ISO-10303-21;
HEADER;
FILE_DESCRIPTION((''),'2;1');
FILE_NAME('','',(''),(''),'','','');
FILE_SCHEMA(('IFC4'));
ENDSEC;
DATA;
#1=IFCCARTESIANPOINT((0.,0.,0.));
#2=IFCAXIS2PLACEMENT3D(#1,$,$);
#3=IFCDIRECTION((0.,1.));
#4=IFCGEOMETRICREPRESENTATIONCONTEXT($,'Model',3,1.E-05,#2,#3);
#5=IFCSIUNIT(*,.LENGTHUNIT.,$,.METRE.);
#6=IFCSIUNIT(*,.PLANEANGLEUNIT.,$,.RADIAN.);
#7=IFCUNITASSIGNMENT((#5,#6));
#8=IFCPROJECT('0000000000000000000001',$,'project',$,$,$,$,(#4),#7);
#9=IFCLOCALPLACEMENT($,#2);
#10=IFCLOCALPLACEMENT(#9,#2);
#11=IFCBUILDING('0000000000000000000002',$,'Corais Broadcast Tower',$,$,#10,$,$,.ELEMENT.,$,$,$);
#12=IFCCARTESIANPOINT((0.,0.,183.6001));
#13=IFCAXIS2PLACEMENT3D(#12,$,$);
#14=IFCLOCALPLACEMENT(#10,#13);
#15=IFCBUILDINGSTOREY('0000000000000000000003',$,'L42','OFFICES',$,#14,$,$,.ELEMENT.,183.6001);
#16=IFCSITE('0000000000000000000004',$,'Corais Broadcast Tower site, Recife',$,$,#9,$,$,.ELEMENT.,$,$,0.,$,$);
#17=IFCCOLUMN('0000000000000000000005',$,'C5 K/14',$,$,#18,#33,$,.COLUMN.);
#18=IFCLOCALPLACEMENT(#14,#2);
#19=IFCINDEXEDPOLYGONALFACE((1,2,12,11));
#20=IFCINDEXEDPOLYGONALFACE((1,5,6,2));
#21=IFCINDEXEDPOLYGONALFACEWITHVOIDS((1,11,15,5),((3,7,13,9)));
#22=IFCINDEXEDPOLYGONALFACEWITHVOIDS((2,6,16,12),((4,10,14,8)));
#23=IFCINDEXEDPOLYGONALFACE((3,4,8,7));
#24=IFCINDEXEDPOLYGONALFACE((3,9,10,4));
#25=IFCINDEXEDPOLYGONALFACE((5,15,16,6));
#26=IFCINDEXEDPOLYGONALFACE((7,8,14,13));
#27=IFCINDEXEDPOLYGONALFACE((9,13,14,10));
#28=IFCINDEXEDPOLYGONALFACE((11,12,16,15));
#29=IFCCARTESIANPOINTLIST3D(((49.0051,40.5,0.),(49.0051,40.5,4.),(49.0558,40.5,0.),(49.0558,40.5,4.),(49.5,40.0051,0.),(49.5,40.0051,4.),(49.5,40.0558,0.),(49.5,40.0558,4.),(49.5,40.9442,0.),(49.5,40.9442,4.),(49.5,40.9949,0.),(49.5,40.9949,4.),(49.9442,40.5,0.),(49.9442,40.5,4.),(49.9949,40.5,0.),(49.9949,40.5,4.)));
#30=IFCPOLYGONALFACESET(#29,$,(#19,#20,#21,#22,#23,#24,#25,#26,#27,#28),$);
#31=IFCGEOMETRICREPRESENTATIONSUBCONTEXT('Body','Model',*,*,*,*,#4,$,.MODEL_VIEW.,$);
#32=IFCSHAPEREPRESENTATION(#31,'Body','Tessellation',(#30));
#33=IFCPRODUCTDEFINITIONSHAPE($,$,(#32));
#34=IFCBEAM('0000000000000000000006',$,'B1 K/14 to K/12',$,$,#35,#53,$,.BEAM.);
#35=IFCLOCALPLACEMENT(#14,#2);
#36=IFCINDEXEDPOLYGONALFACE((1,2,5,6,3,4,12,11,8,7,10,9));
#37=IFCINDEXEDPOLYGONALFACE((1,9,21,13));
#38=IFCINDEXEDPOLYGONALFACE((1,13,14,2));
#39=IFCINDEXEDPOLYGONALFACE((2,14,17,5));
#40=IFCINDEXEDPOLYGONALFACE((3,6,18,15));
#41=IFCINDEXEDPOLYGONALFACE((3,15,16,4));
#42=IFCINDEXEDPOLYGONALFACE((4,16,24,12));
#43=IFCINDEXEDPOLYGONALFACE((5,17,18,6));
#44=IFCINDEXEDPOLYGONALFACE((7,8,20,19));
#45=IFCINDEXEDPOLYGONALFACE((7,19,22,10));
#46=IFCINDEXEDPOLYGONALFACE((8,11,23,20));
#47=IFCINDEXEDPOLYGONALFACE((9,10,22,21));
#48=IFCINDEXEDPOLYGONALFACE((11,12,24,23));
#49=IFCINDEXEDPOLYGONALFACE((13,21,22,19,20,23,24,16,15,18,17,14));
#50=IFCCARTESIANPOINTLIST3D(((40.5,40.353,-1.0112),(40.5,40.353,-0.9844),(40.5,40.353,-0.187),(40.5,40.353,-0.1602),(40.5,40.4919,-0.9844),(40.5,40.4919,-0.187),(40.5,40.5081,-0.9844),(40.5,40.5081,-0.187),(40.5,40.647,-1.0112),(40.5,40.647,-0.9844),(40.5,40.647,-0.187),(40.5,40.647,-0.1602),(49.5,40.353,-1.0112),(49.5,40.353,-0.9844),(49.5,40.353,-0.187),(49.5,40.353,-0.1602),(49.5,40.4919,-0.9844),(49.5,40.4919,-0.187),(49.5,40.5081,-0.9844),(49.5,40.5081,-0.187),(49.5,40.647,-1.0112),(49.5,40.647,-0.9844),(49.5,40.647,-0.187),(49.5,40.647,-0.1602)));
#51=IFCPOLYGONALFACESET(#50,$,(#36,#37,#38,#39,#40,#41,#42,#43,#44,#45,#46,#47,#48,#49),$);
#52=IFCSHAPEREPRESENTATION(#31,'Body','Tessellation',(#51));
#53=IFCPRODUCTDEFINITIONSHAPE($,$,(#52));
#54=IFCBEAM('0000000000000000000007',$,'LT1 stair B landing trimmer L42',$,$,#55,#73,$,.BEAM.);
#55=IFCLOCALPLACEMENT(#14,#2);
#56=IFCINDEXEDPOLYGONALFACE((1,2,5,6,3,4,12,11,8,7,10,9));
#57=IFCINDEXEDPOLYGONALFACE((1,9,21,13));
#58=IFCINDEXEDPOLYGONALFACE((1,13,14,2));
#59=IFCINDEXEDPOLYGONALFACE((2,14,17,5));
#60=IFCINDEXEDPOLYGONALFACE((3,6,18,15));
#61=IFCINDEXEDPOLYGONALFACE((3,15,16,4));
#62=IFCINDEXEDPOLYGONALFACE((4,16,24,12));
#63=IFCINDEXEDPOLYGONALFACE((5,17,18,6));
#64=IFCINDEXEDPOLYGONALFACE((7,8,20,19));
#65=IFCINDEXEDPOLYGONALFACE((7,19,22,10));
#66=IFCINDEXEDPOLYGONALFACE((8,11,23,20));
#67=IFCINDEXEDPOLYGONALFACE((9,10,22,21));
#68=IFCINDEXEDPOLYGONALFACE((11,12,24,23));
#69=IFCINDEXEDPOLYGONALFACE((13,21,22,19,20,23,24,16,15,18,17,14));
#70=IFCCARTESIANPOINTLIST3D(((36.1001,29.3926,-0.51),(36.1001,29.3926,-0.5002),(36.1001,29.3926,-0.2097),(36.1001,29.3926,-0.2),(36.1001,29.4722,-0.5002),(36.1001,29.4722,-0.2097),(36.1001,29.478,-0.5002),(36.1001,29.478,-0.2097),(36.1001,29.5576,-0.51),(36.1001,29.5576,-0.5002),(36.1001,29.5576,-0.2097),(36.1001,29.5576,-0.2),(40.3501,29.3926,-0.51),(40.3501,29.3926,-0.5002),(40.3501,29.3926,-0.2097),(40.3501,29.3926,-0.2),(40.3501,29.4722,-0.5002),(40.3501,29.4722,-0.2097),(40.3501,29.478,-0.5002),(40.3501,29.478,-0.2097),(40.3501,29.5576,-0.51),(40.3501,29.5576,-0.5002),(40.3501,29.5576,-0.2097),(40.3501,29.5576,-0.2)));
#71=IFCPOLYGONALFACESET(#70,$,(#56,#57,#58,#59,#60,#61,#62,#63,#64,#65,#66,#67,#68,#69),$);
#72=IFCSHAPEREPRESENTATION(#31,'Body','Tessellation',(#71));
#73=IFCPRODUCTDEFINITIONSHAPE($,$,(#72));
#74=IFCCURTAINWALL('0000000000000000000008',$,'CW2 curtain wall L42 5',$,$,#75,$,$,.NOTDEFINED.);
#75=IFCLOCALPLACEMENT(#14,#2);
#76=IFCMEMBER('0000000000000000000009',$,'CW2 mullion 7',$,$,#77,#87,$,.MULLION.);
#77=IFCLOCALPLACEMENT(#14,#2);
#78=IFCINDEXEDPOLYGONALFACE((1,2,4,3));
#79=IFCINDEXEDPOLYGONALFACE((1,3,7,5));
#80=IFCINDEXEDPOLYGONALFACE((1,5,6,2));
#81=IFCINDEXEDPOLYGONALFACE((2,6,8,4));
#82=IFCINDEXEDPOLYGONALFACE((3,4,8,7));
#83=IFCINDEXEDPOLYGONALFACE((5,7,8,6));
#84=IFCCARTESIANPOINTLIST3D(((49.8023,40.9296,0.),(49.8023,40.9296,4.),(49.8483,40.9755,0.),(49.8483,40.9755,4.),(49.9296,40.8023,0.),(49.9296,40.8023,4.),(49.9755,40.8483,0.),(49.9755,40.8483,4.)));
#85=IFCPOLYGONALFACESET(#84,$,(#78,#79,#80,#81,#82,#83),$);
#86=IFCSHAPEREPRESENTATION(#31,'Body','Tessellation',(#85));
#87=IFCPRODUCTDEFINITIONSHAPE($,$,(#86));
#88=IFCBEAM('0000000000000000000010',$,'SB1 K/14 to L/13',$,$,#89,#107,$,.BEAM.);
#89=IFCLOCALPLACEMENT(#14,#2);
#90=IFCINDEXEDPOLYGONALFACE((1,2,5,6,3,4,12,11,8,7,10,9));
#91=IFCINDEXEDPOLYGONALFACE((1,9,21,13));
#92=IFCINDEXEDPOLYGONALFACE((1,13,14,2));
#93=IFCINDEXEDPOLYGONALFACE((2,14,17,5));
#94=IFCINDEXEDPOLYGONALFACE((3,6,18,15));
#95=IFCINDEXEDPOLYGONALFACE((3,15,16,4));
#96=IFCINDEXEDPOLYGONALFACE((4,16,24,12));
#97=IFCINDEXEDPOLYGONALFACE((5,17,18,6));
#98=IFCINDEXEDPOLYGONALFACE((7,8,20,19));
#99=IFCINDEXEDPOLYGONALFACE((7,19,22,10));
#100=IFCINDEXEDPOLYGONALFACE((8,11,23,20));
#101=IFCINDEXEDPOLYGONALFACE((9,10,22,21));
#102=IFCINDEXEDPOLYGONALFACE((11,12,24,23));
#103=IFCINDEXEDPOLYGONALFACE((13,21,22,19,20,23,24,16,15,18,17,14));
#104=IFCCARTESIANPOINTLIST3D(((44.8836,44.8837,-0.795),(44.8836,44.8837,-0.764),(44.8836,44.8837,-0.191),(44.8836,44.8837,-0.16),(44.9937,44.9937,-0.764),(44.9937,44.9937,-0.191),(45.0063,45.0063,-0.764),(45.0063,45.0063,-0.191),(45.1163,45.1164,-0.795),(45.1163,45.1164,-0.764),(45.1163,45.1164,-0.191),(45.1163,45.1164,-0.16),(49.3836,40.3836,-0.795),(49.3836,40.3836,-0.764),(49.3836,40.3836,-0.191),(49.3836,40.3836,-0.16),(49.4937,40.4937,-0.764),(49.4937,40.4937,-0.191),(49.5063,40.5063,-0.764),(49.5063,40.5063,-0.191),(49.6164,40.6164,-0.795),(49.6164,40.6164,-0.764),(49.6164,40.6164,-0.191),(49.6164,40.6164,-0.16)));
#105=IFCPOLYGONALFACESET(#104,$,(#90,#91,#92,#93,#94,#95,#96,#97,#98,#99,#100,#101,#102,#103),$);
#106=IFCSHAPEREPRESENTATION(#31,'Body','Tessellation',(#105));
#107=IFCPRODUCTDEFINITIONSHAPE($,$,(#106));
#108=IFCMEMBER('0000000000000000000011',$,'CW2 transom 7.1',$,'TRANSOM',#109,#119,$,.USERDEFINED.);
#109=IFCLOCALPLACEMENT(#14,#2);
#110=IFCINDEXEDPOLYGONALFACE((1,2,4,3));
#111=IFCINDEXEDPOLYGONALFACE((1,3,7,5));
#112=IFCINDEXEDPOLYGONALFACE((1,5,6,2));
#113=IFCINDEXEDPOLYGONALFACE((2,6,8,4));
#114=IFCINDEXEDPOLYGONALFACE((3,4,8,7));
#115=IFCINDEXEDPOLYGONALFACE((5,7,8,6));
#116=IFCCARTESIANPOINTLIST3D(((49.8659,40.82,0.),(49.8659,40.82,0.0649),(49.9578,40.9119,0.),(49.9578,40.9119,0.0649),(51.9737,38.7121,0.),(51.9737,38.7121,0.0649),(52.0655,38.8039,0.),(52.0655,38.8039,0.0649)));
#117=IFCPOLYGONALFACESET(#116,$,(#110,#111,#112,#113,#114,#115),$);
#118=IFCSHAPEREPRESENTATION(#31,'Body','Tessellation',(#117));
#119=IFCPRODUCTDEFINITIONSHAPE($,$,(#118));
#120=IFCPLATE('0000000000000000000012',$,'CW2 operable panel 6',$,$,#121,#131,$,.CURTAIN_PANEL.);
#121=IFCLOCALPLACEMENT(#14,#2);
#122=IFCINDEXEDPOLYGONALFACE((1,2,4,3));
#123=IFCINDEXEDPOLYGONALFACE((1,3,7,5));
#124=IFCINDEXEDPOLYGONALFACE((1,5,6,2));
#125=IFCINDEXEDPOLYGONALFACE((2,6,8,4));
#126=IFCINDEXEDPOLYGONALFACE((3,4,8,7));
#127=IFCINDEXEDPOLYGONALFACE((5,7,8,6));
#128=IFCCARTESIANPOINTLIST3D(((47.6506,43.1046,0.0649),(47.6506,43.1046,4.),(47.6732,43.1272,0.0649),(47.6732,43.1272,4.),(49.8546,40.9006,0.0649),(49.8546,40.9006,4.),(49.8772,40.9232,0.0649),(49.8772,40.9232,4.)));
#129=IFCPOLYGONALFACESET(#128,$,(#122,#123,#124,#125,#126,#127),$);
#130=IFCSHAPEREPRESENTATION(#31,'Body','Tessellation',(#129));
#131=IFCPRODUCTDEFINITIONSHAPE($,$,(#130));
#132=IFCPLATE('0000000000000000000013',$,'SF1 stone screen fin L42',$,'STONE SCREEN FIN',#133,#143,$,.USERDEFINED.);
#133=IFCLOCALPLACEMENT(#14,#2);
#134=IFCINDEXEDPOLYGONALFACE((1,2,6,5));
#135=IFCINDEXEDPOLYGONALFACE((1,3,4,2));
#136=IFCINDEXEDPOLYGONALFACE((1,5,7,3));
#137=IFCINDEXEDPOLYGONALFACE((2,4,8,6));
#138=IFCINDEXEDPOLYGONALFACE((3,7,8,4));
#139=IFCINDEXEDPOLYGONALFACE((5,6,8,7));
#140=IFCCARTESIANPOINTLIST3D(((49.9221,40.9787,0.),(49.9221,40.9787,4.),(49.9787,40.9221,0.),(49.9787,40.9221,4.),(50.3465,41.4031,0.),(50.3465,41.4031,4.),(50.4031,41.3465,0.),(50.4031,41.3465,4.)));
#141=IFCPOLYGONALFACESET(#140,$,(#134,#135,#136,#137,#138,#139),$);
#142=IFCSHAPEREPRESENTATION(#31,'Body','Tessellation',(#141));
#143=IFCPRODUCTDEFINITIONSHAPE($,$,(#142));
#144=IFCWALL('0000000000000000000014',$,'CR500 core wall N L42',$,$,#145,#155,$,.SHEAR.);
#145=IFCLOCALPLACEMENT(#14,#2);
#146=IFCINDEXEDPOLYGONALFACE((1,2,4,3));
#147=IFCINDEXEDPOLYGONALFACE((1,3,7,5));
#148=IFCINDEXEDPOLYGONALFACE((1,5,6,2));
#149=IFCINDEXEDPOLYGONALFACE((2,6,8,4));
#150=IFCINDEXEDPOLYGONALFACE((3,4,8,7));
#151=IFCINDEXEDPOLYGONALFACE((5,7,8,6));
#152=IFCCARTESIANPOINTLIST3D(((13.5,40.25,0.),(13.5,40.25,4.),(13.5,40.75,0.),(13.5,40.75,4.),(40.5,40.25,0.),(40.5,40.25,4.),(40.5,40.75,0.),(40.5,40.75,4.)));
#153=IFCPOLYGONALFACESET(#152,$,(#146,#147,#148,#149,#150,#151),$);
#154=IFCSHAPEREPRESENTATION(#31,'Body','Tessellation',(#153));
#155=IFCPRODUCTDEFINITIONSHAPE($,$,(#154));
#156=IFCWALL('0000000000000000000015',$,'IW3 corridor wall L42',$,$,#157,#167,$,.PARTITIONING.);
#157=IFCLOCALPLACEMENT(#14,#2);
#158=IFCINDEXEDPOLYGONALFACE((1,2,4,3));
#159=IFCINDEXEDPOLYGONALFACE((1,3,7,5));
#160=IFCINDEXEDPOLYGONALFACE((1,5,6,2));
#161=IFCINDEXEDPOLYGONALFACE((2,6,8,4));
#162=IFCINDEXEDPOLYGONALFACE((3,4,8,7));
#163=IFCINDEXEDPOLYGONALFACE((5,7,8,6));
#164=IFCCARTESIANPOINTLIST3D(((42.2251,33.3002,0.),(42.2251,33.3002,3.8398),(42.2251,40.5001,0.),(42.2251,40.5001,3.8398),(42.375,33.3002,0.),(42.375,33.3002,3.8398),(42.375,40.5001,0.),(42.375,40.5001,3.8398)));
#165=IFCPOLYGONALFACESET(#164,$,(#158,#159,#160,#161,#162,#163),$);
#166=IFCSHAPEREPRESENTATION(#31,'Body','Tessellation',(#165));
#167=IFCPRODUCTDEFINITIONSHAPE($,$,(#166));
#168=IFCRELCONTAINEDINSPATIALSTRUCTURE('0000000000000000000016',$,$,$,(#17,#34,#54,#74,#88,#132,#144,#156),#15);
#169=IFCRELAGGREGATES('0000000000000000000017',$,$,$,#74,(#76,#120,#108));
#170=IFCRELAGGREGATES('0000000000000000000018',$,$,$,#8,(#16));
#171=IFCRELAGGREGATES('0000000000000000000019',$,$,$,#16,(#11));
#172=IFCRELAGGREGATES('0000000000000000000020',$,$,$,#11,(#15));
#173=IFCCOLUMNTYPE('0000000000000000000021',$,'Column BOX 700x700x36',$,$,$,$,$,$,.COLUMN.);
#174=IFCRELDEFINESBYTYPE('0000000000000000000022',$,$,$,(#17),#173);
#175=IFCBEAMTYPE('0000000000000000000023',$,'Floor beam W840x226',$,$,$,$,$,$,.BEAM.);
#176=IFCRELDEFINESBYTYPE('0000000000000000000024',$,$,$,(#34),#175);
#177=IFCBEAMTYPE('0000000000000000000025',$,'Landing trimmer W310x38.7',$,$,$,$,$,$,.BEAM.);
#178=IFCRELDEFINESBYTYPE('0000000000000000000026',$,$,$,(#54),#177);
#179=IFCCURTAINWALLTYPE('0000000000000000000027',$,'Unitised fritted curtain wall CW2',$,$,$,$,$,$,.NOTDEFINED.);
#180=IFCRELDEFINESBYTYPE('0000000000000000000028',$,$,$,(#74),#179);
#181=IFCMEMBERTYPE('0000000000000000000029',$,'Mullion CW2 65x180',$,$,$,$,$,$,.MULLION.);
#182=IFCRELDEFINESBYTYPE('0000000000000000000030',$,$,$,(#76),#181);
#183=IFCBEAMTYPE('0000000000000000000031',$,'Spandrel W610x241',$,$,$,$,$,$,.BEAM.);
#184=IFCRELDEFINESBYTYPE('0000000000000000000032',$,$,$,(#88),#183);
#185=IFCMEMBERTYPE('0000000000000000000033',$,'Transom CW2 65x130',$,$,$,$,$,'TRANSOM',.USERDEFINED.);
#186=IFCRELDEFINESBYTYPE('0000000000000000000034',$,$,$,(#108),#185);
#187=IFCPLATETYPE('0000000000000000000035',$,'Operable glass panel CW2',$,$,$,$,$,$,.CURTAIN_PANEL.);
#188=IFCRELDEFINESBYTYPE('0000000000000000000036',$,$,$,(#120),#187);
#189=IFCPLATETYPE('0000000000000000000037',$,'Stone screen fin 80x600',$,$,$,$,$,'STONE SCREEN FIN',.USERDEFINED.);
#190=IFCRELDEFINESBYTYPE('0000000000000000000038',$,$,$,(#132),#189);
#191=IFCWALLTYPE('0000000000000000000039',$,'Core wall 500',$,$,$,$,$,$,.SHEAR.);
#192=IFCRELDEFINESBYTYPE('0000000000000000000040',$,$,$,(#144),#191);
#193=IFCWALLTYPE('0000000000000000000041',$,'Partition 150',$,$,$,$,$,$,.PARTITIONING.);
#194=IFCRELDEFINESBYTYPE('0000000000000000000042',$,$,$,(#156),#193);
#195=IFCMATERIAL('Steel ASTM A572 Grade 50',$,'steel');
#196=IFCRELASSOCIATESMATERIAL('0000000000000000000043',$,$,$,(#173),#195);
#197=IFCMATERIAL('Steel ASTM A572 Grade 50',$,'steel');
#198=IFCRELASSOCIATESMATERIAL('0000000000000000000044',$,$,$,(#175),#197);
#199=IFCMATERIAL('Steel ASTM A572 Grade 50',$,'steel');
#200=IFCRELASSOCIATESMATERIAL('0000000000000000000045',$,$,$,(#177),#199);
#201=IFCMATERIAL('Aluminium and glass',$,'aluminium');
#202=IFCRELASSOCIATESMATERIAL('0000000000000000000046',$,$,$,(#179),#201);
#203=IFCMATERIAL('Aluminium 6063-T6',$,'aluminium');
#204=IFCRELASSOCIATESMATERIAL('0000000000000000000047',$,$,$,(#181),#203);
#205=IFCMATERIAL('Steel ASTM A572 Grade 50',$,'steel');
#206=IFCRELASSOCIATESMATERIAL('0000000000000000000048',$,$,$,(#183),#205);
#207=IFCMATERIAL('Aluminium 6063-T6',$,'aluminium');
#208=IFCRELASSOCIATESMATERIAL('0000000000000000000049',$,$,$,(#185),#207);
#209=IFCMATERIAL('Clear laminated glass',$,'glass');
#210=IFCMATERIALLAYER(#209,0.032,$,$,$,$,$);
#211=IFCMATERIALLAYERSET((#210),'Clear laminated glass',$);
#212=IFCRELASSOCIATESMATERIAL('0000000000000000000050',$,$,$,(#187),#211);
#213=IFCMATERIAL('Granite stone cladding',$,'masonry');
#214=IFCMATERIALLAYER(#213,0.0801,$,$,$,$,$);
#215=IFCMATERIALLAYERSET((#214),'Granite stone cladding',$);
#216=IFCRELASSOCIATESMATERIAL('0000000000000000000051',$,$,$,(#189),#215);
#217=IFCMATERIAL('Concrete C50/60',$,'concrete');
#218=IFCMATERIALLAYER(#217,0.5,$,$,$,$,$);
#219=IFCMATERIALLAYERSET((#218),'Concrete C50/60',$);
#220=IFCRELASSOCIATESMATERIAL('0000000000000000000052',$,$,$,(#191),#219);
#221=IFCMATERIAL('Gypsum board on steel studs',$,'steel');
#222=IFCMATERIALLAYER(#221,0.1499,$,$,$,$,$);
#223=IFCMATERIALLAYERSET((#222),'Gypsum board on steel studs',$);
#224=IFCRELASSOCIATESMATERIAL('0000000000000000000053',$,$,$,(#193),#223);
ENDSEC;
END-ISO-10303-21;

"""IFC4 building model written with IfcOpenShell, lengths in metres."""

from ifc_helpers import new_model, si_unit, direction, frame, frame_2d, origin, origin_2d, place, context, subcontext, project, spatial, rectangle, hollow_rectangle, i_section, extrude, material, layer, layer_set, material_profile, profile_set, type_object, element, aggregate, save


model = new_model("IFC4")

# Units and contexts
model_context = context("Model", 3, precision=1e-05, world=origin(), true_north=direction((0.0, 1.0)))
body_context = subcontext(model_context, "Body", "Model", "MODEL_VIEW")
ifc_project = project(units=[si_unit("LENGTHUNIT", "METRE"), si_unit("PLANEANGLEUNIT", "RADIAN")], contexts=[model_context])

# Site, building, storey
site_placement = place(None, origin())
site = spatial("IfcSite", under=ifc_project, at=site_placement, Name="Corais Broadcast Tower site, Recife", CompositionType="ELEMENT", RefElevation=0.0)
building_placement = place(site_placement, origin())
building = spatial("IfcBuilding", under=site, at=building_placement, Name="Corais Broadcast Tower", CompositionType="ELEMENT")
storey_placement = place(building_placement, frame((0.0, 0.0, 183.6001)))
storey = spatial("IfcBuildingStorey", under=building, at=storey_placement, Name="L42", Description="OFFICES", CompositionType="ELEMENT", Elevation=183.6001)

# Column
ifc_material_1 = material(Name="Steel ASTM A572 Grade 50", Category="steel")
ifc_material_profile_1 = material_profile(ifc_material_1, hollow_rectangle(XDim=0.7, YDim=0.7, WallThickness=0.0359, at=origin_2d()), Name="BOX 700x700x36")
ifc_profile_set_1 = profile_set([ifc_material_profile_1], Name="Steel ASTM A572 Grade 50")
column_type = type_object("IfcColumnType", Name="Column BOX 700x700x36", PredefinedType="COLUMN", material=ifc_profile_set_1)
column_placement = place(storey_placement, frame((49.5, 40.5, 0.0), z_axis=(0.0, 0.0, 1.0), x_axis=(0.707107, 0.707107, 0.0)))
element("IfcColumn", 1, at=column_placement, inside=storey, type_object=column_type, Name="C5 K/14", PredefinedType="COLUMN", context=body_context, shape_type="SweptSolid", body=[
    extrude(hollow_rectangle(XDim=0.7, YDim=0.7, WallThickness=0.0359, at=origin_2d()), origin(), (0.0, 0.0, 1.0), 4.0),
])

# Beams
ifc_material_2 = material(Name="Steel ASTM A572 Grade 50", Category="steel")
ifc_material_profile_2 = material_profile(ifc_material_2, i_section(OverallWidth=0.2939, OverallDepth=0.8511, WebThickness=0.0161, FlangeThickness=0.0269, at=origin_2d()), Name="W840x226")
ifc_profile_set_2 = profile_set([ifc_material_profile_2], Name="Steel ASTM A572 Grade 50")
beam_type_1 = type_object("IfcBeamType", Name="Floor beam W840x226", PredefinedType="BEAM", material=ifc_profile_set_2)
beam_1_placement = place(storey_placement, frame((49.5, 40.5, -0.5857), z_axis=(-1.0, 0.0, 0.0), x_axis=(0.0, -1.0, 0.0)))
element("IfcBeam", 2, at=beam_1_placement, inside=storey, type_object=beam_type_1, Name="B1 K/14 to K/12", PredefinedType="BEAM", context=body_context, shape_type="SweptSolid", body=[
    extrude(i_section(OverallWidth=0.2939, OverallDepth=0.8511, WebThickness=0.0161, FlangeThickness=0.0269, at=origin_2d()), origin(), (0.0, 0.0, 1.0), 9.0),
])
ifc_material_3 = material(Name="Steel ASTM A572 Grade 50", Category="steel")
ifc_material_profile_3 = material_profile(ifc_material_3, i_section(OverallWidth=0.165, OverallDepth=0.3101, WebThickness=0.0059, FlangeThickness=0.0098, at=origin_2d()), Name="W310x38.7")
ifc_profile_set_3 = profile_set([ifc_material_profile_3], Name="Steel ASTM A572 Grade 50")
beam_type_2 = type_object("IfcBeamType", Name="Landing trimmer W310x38.7", PredefinedType="BEAM", material=ifc_profile_set_3)
beam_2_placement = place(storey_placement, frame((36.1001, 29.4751, -0.355), z_axis=(1.0, 0.0, 0.0), x_axis=(0.0, 1.0, 0.0)))
element("IfcBeam", 3, at=beam_2_placement, inside=storey, type_object=beam_type_2, Name="LT1 stair B landing trimmer L42", PredefinedType="BEAM", context=body_context, shape_type="SweptSolid", body=[
    extrude(i_section(OverallWidth=0.165, OverallDepth=0.3101, WebThickness=0.0059, FlangeThickness=0.0098, at=origin_2d()), origin(), (0.0, 0.0, 1.0), 4.25),
])

# Curtain wall, member
ifc_material_4 = material(Name="Aluminium and glass", Category="aluminium")
curtain_wall_type = type_object("IfcCurtainWallType", Name="Unitised fritted curtain wall CW2", PredefinedType="NOTDEFINED", material=ifc_material_4)
curtain_wall_placement = place(storey_placement, origin())
curtain_wall = element("IfcCurtainWall", 4, at=curtain_wall_placement, inside=storey, type_object=curtain_wall_type, Name="CW2 curtain wall L42 5", PredefinedType="NOTDEFINED")
ifc_material_5 = material(Name="Aluminium 6063-T6", Category="aluminium")
ifc_material_profile_4 = material_profile(ifc_material_5, rectangle(XDim=0.0649, YDim=0.1799, at=origin_2d()), Name="Mullion CW2 65x180")
ifc_profile_set_4 = profile_set([ifc_material_profile_4], Name="Aluminium 6063-T6")
member_type_1 = type_object("IfcMemberType", Name="Mullion CW2 65x180", PredefinedType="MULLION", material=ifc_profile_set_4)
member_1_placement = place(storey_placement, frame((49.8889, 40.8889, 0.0), z_axis=(0.0, 0.0, 1.0), x_axis=(0.707107, 0.707107, 0.0)))
member_1 = element("IfcMember", 5, at=member_1_placement, type_object=member_type_1, Name="CW2 mullion 7", PredefinedType="MULLION", context=body_context, shape_type="SweptSolid", body=[
    extrude(rectangle(XDim=0.0649, YDim=0.1799, at=origin_2d()), origin(), (0.0, 0.0, 1.0), 4.0),
])

# Beam
ifc_material_6 = material(Name="Steel ASTM A572 Grade 50", Category="steel")
ifc_material_profile_5 = material_profile(ifc_material_6, i_section(OverallWidth=0.3291, OverallDepth=0.635, WebThickness=0.0178, FlangeThickness=0.031, at=origin_2d()), Name="W610x241")
ifc_profile_set_5 = profile_set([ifc_material_profile_5], Name="Steel ASTM A572 Grade 50")
beam_type_3 = type_object("IfcBeamType", Name="Spandrel W610x241", PredefinedType="BEAM", material=ifc_profile_set_5)
beam_3_placement = place(storey_placement, frame((49.5, 40.5, -0.4775), z_axis=(-0.707107, 0.707107, 0.0), x_axis=(-0.707107, -0.707107, 0.0)))
element("IfcBeam", 6, at=beam_3_placement, inside=storey, type_object=beam_type_3, Name="SB1 K/14 to L/13", PredefinedType="BEAM", context=body_context, shape_type="SweptSolid", body=[
    extrude(i_section(OverallWidth=0.3291, OverallDepth=0.635, WebThickness=0.0178, FlangeThickness=0.031, at=origin_2d()), origin(), (0.0, 0.0, 1.0), 6.364),
])

# Member
ifc_material_7 = material(Name="Aluminium 6063-T6", Category="aluminium")
ifc_material_profile_6 = material_profile(ifc_material_7, rectangle(XDim=0.1299, YDim=0.0649, at=origin_2d()), Name="Transom CW2 65x130")
ifc_profile_set_6 = profile_set([ifc_material_profile_6], Name="Aluminium 6063-T6")
member_type_2 = type_object("IfcMemberType", Name="Transom CW2 65x130", ElementType="TRANSOM", PredefinedType="USERDEFINED", material=ifc_profile_set_6)
member_2_placement = place(storey_placement, frame((49.9119, 40.866, 0.0325), z_axis=(0.707066, -0.707148, 0.0), x_axis=(0.707148, 0.707066, 0.0)))
member_2 = element("IfcMember", 7, at=member_2_placement, type_object=member_type_2, Name="CW2 transom 7.1", ObjectType="TRANSOM", PredefinedType="USERDEFINED", context=body_context, shape_type="SweptSolid", body=[
    extrude(rectangle(XDim=0.1299, YDim=0.0649, at=origin_2d()), origin(), (0.0, 0.0, 1.0), 2.981),
])

# Plates
ifc_material_8 = material(Name="Clear laminated glass", Category="glass")
ifc_layer_1 = layer(ifc_material_8, 0.032)
ifc_layer_set_1 = layer_set([ifc_layer_1], Name="Clear laminated glass")
plate_type_1 = type_object("IfcPlateType", Name="Operable glass panel CW2", PredefinedType="CURTAIN_PANEL", material=ifc_layer_set_1)
plate_1_placement = place(storey_placement, frame((48.7639, 42.0139, 0.0649), z_axis=(0.0, 0.0, 1.0), x_axis=(0.707107, -0.707107, 0.0)))
plate_1 = element("IfcPlate", 8, at=plate_1_placement, type_object=plate_type_1, Name="CW2 operable panel 6", PredefinedType="CURTAIN_PANEL", context=body_context, shape_type="SweptSolid", body=[
    extrude(rectangle(XDim=3.1169, YDim=0.032, at=origin_2d()), origin(), (0.0, 0.0, 1.0), 3.9351),
])
aggregate(curtain_wall, [member_1, plate_1, member_2])
ifc_material_9 = material(Name="Granite stone cladding", Category="masonry")
ifc_layer_2 = layer(ifc_material_9, 0.0801)
ifc_layer_set_2 = layer_set([ifc_layer_2], Name="Granite stone cladding")
plate_type_2 = type_object("IfcPlateType", Name="Stone screen fin 80x600", ElementType="STONE SCREEN FIN", PredefinedType="USERDEFINED", material=ifc_layer_set_2)
plate_2_placement = place(storey_placement, frame((50.1626, 41.1626, 0.0), z_axis=(0.0, 0.0, 1.0), x_axis=(0.707107, -0.707107, 0.0)))
element("IfcPlate", 9, at=plate_2_placement, inside=storey, type_object=plate_type_2, Name="SF1 stone screen fin L42", ObjectType="STONE SCREEN FIN", PredefinedType="USERDEFINED", context=body_context, shape_type="SweptSolid", body=[
    extrude(rectangle(XDim=0.0801, YDim=0.6001, at=origin_2d()), origin(), (0.0, 0.0, 1.0), 4.0),
])

# Walls
ifc_material_10 = material(Name="Concrete C50/60", Category="concrete")
ifc_layer_3 = layer(ifc_material_10, 0.5)
ifc_layer_set_3 = layer_set([ifc_layer_3], Name="Concrete C50/60")
wall_type_1 = type_object("IfcWallType", Name="Core wall 500", PredefinedType="SHEAR", material=ifc_layer_set_3)
wall_1_placement = place(storey_placement, frame((40.5, 40.5, 0.0), z_axis=(0.0, 0.0, 1.0), x_axis=(-1.0, 0.0, 0.0)))
element("IfcWall", 10, at=wall_1_placement, inside=storey, type_object=wall_type_1, Name="CR500 core wall N L42", PredefinedType="SHEAR", context=body_context, shape_type="SweptSolid", body=[
    extrude(rectangle(XDim=27.0, YDim=0.5, at=frame_2d((13.5, 0.0))), origin(), (0.0, 0.0, 1.0), 4.0),
])
ifc_material_11 = material(Name="Gypsum board on steel studs", Category="steel")
ifc_layer_4 = layer(ifc_material_11, 0.1499)
ifc_layer_set_4 = layer_set([ifc_layer_4], Name="Gypsum board on steel studs")
wall_type_2 = type_object("IfcWallType", Name="Partition 150", PredefinedType="PARTITIONING", material=ifc_layer_set_4)
wall_2_placement = place(storey_placement, frame((42.3, 33.3, 0.0), z_axis=(0.0, 0.0, 1.0), x_axis=(0.0, 1.0, 0.0)))
element("IfcWall", 11, at=wall_2_placement, inside=storey, type_object=wall_type_2, Name="IW3 corridor wall L42", PredefinedType="PARTITIONING", context=body_context, shape_type="SweptSolid", body=[
    extrude(rectangle(XDim=7.2, YDim=0.1499, at=frame_2d((3.6001, 0.0))), origin(), (0.0, 0.0, 1.0), 3.8398),
])

save(model, "model.ifc")
